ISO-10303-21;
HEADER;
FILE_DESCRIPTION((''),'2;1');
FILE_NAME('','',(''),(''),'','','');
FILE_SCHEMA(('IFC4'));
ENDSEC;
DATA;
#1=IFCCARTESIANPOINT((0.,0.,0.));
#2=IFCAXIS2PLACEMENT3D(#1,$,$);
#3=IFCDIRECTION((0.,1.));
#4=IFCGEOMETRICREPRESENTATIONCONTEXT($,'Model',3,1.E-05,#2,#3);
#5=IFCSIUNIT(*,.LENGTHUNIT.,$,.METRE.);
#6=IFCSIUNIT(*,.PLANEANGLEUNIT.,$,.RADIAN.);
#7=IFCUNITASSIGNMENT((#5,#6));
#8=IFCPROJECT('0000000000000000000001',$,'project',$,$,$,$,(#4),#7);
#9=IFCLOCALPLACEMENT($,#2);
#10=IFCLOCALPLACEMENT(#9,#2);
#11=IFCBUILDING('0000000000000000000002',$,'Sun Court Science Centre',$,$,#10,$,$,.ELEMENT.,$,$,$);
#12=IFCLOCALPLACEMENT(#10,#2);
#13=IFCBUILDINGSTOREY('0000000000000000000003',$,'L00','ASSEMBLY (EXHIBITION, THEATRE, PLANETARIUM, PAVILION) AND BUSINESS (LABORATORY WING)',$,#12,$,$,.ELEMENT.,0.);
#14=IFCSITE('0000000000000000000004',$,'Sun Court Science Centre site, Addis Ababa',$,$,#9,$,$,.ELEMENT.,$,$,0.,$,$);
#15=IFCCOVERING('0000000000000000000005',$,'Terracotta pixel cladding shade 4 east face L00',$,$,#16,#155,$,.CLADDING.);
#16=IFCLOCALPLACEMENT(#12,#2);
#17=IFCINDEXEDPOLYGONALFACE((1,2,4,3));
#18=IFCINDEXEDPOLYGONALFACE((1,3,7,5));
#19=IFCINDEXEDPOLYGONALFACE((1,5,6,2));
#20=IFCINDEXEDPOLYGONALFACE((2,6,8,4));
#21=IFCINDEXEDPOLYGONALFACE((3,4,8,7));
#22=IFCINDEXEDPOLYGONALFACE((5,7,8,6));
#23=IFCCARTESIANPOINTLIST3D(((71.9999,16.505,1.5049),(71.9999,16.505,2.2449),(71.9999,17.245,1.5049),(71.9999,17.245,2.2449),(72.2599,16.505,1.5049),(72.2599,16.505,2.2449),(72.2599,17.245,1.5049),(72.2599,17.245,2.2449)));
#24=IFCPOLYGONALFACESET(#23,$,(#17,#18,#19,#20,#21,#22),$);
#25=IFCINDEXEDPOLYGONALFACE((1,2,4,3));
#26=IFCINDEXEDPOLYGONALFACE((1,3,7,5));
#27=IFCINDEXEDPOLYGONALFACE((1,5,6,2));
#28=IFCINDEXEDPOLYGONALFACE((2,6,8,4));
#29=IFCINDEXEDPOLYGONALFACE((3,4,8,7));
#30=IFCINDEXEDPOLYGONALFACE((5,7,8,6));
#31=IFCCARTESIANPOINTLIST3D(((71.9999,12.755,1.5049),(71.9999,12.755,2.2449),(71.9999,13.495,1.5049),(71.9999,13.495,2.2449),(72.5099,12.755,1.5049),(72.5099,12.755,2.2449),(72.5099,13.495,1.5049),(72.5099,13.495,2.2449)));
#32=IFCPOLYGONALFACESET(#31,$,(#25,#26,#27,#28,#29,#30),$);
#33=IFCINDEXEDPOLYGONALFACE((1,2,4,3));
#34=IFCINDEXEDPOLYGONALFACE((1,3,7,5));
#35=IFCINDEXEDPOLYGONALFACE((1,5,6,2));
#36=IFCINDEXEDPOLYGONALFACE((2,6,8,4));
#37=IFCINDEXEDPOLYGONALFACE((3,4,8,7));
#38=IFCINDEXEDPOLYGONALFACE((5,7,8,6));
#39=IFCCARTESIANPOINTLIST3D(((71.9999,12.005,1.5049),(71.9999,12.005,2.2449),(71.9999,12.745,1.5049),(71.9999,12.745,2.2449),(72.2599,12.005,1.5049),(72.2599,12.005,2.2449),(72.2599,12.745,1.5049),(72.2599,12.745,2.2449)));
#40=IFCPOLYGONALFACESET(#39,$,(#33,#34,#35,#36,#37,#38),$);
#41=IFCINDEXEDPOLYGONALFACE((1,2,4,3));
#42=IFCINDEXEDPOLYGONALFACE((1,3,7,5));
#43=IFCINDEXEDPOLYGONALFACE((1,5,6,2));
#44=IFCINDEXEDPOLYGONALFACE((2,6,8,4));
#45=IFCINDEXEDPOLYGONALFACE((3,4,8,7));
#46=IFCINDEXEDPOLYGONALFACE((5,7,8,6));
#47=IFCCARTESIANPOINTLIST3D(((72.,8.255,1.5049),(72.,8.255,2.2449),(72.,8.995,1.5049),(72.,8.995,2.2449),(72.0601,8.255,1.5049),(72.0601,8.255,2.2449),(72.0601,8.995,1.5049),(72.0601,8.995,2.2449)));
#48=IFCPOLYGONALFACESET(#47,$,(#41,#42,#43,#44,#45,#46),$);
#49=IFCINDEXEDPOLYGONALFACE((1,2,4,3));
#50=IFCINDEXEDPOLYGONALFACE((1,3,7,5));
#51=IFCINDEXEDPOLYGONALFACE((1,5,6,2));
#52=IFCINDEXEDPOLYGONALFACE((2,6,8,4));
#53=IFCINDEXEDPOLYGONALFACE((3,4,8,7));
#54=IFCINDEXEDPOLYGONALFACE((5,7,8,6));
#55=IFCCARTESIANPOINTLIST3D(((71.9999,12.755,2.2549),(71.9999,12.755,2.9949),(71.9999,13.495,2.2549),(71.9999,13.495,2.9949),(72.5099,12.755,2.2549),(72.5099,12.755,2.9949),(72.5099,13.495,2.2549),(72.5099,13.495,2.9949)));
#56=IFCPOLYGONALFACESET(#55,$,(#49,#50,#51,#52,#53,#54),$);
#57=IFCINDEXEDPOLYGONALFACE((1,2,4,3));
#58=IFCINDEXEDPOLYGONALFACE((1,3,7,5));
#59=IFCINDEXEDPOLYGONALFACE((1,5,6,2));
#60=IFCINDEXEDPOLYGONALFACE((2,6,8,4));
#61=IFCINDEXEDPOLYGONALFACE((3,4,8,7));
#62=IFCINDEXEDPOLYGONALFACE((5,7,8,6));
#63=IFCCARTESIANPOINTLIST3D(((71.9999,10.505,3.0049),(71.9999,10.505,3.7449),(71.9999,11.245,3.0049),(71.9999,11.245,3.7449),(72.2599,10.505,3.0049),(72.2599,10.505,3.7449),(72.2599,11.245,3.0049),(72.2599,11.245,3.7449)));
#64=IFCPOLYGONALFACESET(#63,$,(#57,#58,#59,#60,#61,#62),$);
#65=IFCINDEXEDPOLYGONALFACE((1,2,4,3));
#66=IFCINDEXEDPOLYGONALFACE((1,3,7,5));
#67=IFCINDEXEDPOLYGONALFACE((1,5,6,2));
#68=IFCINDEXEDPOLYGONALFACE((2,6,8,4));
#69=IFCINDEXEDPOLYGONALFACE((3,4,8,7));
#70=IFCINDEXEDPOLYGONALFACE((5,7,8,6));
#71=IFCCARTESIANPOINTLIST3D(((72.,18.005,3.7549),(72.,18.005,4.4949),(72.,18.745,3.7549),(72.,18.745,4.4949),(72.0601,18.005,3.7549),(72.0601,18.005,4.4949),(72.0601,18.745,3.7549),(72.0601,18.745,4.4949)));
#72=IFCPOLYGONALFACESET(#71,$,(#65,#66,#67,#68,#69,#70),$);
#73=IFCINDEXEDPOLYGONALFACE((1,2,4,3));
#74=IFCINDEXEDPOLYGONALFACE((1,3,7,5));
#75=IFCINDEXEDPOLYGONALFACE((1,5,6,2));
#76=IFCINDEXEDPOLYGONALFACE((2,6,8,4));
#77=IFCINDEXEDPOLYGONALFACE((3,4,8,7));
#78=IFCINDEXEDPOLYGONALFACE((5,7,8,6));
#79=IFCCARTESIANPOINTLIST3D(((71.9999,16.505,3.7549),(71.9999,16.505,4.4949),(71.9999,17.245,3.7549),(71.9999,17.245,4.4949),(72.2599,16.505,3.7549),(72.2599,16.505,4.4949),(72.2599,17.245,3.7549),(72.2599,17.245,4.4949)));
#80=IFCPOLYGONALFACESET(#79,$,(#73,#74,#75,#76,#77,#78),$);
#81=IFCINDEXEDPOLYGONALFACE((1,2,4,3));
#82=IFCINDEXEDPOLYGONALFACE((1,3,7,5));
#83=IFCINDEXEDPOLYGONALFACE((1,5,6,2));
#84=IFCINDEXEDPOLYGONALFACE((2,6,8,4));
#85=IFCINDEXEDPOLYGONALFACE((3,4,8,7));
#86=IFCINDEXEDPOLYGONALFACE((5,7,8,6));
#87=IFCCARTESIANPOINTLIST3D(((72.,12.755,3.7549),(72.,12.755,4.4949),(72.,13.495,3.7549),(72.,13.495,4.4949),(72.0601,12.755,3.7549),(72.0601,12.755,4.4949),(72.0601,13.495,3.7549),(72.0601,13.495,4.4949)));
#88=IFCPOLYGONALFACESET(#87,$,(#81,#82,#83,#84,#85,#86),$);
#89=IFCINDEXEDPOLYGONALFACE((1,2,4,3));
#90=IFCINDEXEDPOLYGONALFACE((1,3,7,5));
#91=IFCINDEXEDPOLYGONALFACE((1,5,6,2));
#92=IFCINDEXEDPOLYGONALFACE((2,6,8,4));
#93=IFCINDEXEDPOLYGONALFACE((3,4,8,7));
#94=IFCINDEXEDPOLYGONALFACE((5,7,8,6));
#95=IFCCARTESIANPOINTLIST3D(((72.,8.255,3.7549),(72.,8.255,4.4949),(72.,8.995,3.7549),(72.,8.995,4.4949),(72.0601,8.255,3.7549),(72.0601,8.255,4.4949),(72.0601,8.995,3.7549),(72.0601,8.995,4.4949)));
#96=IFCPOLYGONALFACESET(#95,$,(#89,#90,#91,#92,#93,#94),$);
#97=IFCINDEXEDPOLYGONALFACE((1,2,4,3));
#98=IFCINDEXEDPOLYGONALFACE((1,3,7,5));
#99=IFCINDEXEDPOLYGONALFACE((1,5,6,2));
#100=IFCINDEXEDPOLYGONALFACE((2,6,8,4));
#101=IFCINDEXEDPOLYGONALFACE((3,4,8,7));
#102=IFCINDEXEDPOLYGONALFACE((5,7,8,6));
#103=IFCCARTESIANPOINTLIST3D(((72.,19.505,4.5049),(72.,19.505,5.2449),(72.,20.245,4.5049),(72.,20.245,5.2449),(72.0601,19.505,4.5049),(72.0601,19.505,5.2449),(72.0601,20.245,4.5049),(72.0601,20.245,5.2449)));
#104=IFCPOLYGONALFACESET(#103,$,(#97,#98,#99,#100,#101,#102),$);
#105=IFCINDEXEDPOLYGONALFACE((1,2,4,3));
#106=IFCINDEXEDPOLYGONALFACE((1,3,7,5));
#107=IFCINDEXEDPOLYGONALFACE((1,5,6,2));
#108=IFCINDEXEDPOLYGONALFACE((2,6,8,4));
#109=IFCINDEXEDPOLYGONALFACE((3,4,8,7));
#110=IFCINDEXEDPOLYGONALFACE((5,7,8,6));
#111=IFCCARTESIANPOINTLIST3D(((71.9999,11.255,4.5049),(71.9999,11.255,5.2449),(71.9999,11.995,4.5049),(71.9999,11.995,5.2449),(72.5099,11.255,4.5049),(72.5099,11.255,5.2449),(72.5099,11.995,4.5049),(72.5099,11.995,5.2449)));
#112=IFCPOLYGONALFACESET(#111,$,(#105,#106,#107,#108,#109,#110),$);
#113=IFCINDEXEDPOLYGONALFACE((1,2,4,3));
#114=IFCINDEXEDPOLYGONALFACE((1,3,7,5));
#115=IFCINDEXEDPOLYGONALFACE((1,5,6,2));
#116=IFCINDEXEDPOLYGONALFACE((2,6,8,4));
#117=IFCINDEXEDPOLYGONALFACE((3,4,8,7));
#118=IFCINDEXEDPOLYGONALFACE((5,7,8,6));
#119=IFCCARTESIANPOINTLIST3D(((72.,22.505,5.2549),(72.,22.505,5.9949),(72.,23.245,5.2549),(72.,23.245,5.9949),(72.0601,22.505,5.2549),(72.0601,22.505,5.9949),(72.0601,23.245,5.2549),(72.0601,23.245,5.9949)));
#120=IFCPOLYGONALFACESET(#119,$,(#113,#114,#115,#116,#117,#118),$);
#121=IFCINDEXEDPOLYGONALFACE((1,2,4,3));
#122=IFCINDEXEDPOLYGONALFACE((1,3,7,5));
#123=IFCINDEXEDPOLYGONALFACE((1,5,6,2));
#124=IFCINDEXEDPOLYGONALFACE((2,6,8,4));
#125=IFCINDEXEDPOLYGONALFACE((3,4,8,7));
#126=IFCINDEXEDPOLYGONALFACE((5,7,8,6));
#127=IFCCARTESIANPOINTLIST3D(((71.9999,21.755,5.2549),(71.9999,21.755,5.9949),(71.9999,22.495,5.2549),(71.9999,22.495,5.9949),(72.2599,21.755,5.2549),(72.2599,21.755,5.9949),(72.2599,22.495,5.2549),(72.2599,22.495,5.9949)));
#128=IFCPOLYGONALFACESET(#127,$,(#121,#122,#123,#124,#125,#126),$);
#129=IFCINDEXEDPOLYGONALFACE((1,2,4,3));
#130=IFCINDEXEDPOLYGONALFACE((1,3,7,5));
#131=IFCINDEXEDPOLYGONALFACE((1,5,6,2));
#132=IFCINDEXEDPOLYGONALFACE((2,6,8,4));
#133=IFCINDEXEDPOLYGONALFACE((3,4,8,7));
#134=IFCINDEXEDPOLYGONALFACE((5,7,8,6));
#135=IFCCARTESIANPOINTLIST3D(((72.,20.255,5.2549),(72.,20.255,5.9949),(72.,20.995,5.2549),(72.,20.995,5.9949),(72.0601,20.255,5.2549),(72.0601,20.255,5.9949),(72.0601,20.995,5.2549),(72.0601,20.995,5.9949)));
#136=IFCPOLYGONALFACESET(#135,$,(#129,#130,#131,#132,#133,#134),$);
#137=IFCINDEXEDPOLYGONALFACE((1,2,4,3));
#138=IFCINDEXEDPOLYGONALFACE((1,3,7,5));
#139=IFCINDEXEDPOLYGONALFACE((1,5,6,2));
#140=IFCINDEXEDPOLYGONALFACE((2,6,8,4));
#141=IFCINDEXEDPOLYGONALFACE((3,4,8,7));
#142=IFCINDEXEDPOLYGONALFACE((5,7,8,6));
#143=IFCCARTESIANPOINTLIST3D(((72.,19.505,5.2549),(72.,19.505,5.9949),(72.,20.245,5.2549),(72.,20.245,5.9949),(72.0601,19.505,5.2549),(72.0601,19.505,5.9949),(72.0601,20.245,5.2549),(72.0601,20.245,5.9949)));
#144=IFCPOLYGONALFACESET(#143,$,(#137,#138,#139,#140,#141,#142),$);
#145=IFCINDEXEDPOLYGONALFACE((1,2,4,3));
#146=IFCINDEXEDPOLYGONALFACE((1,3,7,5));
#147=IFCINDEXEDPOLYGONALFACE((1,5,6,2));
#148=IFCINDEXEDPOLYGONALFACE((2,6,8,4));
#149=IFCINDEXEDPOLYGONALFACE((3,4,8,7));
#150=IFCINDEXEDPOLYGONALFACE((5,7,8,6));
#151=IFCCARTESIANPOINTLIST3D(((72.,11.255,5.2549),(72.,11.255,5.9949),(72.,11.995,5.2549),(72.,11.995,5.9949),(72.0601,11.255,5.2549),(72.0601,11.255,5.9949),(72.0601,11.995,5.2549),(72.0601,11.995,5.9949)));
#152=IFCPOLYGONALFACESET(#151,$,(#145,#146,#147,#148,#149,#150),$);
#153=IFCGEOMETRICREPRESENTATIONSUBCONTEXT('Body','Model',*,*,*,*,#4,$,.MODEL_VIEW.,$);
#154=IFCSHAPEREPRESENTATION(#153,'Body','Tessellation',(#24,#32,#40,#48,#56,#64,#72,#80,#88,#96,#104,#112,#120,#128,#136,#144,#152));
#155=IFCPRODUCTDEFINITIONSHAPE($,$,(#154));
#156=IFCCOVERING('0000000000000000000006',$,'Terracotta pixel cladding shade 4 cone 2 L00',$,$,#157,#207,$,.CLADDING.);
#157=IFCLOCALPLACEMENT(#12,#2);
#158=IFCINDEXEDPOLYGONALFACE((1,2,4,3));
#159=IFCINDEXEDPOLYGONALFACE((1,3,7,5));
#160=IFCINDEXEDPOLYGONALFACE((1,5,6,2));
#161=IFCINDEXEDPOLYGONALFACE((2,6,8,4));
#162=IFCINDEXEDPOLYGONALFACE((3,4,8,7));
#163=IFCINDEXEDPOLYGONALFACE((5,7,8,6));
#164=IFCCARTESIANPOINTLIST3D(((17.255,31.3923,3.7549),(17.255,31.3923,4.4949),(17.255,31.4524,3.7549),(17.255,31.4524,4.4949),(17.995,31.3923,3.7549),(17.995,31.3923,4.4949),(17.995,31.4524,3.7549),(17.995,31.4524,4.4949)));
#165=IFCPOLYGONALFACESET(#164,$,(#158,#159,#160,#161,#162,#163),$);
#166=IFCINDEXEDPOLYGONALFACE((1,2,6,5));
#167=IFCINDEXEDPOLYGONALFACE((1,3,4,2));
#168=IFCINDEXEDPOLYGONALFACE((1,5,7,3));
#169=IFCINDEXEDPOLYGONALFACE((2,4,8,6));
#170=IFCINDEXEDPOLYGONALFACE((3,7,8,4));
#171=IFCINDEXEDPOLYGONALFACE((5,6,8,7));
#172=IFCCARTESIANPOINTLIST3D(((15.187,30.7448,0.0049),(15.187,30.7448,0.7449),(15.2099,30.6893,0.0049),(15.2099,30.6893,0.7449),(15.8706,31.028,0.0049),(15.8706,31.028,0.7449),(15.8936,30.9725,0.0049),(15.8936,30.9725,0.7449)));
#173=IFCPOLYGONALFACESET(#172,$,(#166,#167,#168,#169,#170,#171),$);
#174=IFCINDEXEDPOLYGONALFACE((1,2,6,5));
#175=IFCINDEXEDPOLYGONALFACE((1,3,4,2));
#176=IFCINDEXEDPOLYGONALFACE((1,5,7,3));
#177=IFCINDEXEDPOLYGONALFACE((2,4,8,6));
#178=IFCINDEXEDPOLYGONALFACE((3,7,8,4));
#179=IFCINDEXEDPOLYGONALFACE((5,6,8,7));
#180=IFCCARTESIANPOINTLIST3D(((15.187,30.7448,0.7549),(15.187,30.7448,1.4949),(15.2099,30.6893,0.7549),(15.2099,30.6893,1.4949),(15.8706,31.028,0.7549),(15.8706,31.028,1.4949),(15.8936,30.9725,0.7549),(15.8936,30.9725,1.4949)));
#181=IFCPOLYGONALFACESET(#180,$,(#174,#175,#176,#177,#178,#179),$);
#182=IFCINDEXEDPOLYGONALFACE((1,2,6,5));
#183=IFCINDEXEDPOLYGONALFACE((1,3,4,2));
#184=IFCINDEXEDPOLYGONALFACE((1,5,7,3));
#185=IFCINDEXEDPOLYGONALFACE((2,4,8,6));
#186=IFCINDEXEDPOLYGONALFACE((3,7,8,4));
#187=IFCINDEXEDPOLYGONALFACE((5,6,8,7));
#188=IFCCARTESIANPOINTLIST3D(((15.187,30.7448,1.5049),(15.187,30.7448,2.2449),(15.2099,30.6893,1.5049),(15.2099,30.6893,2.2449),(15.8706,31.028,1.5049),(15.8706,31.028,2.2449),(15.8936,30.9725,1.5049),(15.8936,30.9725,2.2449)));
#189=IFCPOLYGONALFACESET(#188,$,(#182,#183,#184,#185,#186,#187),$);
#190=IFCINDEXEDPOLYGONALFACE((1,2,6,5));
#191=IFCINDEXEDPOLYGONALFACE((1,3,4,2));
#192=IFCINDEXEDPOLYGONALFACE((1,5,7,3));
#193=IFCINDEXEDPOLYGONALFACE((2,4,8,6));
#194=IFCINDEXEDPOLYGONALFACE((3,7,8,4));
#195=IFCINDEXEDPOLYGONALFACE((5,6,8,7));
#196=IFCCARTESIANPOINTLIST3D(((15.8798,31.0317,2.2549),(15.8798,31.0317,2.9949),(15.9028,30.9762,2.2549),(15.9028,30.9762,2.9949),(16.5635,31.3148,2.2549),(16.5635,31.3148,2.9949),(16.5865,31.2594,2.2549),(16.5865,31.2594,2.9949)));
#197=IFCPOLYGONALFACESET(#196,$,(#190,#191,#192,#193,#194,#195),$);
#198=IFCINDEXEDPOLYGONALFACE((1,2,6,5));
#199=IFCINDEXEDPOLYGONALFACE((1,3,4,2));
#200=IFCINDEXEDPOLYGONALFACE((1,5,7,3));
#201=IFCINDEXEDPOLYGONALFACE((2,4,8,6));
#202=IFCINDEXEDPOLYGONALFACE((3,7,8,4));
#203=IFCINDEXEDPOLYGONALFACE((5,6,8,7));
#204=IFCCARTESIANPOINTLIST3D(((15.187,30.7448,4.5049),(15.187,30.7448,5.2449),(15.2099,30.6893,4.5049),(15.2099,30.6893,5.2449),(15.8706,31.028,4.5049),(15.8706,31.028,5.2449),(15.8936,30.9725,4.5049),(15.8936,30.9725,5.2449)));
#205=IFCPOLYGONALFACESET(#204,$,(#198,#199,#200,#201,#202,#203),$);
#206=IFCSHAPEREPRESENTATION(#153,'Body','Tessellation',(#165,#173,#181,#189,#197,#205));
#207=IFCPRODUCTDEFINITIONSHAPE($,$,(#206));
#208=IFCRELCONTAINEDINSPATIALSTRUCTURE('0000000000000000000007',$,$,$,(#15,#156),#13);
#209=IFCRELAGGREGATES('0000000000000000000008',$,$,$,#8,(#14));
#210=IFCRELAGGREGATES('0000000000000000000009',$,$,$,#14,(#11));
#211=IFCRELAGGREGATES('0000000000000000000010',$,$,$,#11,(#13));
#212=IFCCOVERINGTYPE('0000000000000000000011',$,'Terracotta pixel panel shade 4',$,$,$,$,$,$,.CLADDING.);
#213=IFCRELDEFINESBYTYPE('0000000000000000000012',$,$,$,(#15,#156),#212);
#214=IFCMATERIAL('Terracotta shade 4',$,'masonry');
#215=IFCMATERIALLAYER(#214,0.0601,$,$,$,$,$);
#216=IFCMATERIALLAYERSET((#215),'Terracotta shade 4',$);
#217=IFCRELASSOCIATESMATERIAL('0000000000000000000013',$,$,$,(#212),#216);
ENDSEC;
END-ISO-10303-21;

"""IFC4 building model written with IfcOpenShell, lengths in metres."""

from ifc_helpers import new_model, si_unit, direction, frame, origin, origin_2d, place, context, subcontext, project, spatial, rectangle, extrude, material, layer, layer_set, type_object, element, save


model = new_model("IFC4")

# Units and contexts
model_context = context("Model", 3, precision=1e-05, world=origin(), true_north=direction((0.0, 1.0)))
body_context = subcontext(model_context, "Body", "Model", "MODEL_VIEW")
ifc_project = project(units=[si_unit("LENGTHUNIT", "METRE"), si_unit("PLANEANGLEUNIT", "RADIAN")], contexts=[model_context])

# Site, building, storey
site_placement = place(None, origin())
site = spatial("IfcSite", under=ifc_project, at=site_placement, Name="Sun Court Science Centre site, Addis Ababa", CompositionType="ELEMENT", RefElevation=0.0)
building_placement = place(site_placement, origin())
building = spatial("IfcBuilding", under=site, at=building_placement, Name="Sun Court Science Centre", CompositionType="ELEMENT")
storey_placement = place(building_placement, origin())
storey = spatial("IfcBuildingStorey", under=building, at=storey_placement, Name="L00", Description="ASSEMBLY (EXHIBITION, THEATRE, PLANETARIUM, PAVILION) AND BUSINESS (LABORATORY WING)", CompositionType="ELEMENT", Elevation=0.0)

# Coverings
ifc_material_1 = material(Name="Terracotta shade 4", Category="masonry")
ifc_layer_1 = layer(ifc_material_1, 0.0601)
ifc_layer_set_1 = layer_set([ifc_layer_1], Name="Terracotta shade 4")
covering_type_1 = type_object("IfcCoveringType", Name="Terracotta pixel panel shade 4", PredefinedType="CLADDING", material=ifc_layer_set_1)
covering_1_placement = place(storey_placement, origin())
element("IfcCovering", 1, at=covering_1_placement, inside=storey, type_object=covering_type_1, Name="Terracotta pixel cladding shade 4 east face L00", PredefinedType="CLADDING", context=body_context, shape_type="SweptSolid", body=[
    extrude(rectangle(XDim=0.74, YDim=0.26, at=origin_2d()), frame((72.1299, 16.875, 1.5049), z_axis=(0.0, 0.0, 1.0), x_axis=(0.0, -1.0, 0.0)), (0.0, 0.0, 1.0), 0.74),
    extrude(rectangle(XDim=0.74, YDim=0.51, at=origin_2d()), frame((72.2549, 13.125, 1.5049), z_axis=(0.0, 0.0, 1.0), x_axis=(0.0, -1.0, 0.0)), (0.0, 0.0, 1.0), 0.74),
    extrude(rectangle(XDim=0.74, YDim=0.26, at=origin_2d()), frame((72.1299, 12.375, 1.5049), z_axis=(0.0, 0.0, 1.0), x_axis=(0.0, -1.0, 0.0)), (0.0, 0.0, 1.0), 0.74),
    extrude(rectangle(XDim=0.74, YDim=0.0601, at=origin_2d()), frame((72.03, 8.625, 1.5049), z_axis=(0.0, 0.0, 1.0), x_axis=(0.0, -1.0, 0.0)), (0.0, 0.0, 1.0), 0.74),
    extrude(rectangle(XDim=0.74, YDim=0.51, at=origin_2d()), frame((72.2549, 13.125, 2.2549), z_axis=(0.0, 0.0, 1.0), x_axis=(0.0, -1.0, 0.0)), (0.0, 0.0, 1.0), 0.74),
    extrude(rectangle(XDim=0.74, YDim=0.26, at=origin_2d()), frame((72.1299, 10.875, 3.0049), z_axis=(0.0, 0.0, 1.0), x_axis=(0.0, -1.0, 0.0)), (0.0, 0.0, 1.0), 0.74),
    extrude(rectangle(XDim=0.74, YDim=0.0601, at=origin_2d()), frame((72.03, 18.375, 3.7549), z_axis=(0.0, 0.0, 1.0), x_axis=(0.0, -1.0, 0.0)), (0.0, 0.0, 1.0), 0.74),
    extrude(rectangle(XDim=0.74, YDim=0.26, at=origin_2d()), frame((72.1299, 16.875, 3.7549), z_axis=(0.0, 0.0, 1.0), x_axis=(0.0, -1.0, 0.0)), (0.0, 0.0, 1.0), 0.74),
    extrude(rectangle(XDim=0.74, YDim=0.0601, at=origin_2d()), frame((72.03, 13.125, 3.7549), z_axis=(0.0, 0.0, 1.0), x_axis=(0.0, -1.0, 0.0)), (0.0, 0.0, 1.0), 0.74),
    extrude(rectangle(XDim=0.74, YDim=0.0601, at=origin_2d()), frame((72.03, 8.625, 3.7549), z_axis=(0.0, 0.0, 1.0), x_axis=(0.0, -1.0, 0.0)), (0.0, 0.0, 1.0), 0.74),
    extrude(rectangle(XDim=0.74, YDim=0.0601, at=origin_2d()), frame((72.03, 19.875, 4.5049), z_axis=(0.0, 0.0, 1.0), x_axis=(0.0, -1.0, 0.0)), (0.0, 0.0, 1.0), 0.74),
    extrude(rectangle(XDim=0.74, YDim=0.51, at=origin_2d()), frame((72.2549, 11.625, 4.5049), z_axis=(0.0, 0.0, 1.0), x_axis=(0.0, -1.0, 0.0)), (0.0, 0.0, 1.0), 0.74),
    extrude(rectangle(XDim=0.74, YDim=0.0601, at=origin_2d()), frame((72.03, 22.875, 5.2549), z_axis=(0.0, 0.0, 1.0), x_axis=(0.0, -1.0, 0.0)), (0.0, 0.0, 1.0), 0.74),
    extrude(rectangle(XDim=0.74, YDim=0.26, at=origin_2d()), frame((72.1299, 22.125, 5.2549), z_axis=(0.0, 0.0, 1.0), x_axis=(0.0, -1.0, 0.0)), (0.0, 0.0, 1.0), 0.74),
    extrude(rectangle(XDim=0.74, YDim=0.0601, at=origin_2d()), frame((72.03, 20.625, 5.2549), z_axis=(0.0, 0.0, 1.0), x_axis=(0.0, -1.0, 0.0)), (0.0, 0.0, 1.0), 0.74),
    extrude(rectangle(XDim=0.74, YDim=0.0601, at=origin_2d()), frame((72.03, 19.875, 5.2549), z_axis=(0.0, 0.0, 1.0), x_axis=(0.0, -1.0, 0.0)), (0.0, 0.0, 1.0), 0.74),
    extrude(rectangle(XDim=0.74, YDim=0.0601, at=origin_2d()), frame((72.03, 11.625, 5.2549), z_axis=(0.0, 0.0, 1.0), x_axis=(0.0, -1.0, 0.0)), (0.0, 0.0, 1.0), 0.74),
])
covering_2_placement = place(storey_placement, origin())
element("IfcCovering", 2, at=covering_2_placement, inside=storey, type_object=covering_type_1, Name="Terracotta pixel cladding shade 4 cone 2 L00", PredefinedType="CLADDING", context=body_context, shape_type="SweptSolid", body=[
    extrude(rectangle(XDim=0.74, YDim=0.0601, at=origin_2d()), frame((17.625, 31.4224, 3.7549), z_axis=(0.0, 0.0, 1.0), x_axis=(1.0, 0.0, 0.0)), (0.0, 0.0, 1.0), 0.74),
    extrude(rectangle(XDim=0.74, YDim=0.0601, at=origin_2d()), frame((15.5403, 30.8586, 0.0049), z_axis=(0.0, 0.0, 1.0), x_axis=(0.92388, 0.382683, 0.0)), (0.0, 0.0, 1.0), 0.74),
    extrude(rectangle(XDim=0.74, YDim=0.0601, at=origin_2d()), frame((15.5403, 30.8586, 0.7549), z_axis=(0.0, 0.0, 1.0), x_axis=(0.92388, 0.382683, 0.0)), (0.0, 0.0, 1.0), 0.74),
    extrude(rectangle(XDim=0.74, YDim=0.0601, at=origin_2d()), frame((15.5403, 30.8586, 1.5049), z_axis=(0.0, 0.0, 1.0), x_axis=(0.92388, 0.382683, 0.0)), (0.0, 0.0, 1.0), 0.74),
    extrude(rectangle(XDim=0.74, YDim=0.0601, at=origin_2d()), frame((16.2332, 31.1455, 2.2549), z_axis=(0.0, 0.0, 1.0), x_axis=(0.92388, 0.382683, 0.0)), (0.0, 0.0, 1.0), 0.74),
    extrude(rectangle(XDim=0.74, YDim=0.0601, at=origin_2d()), frame((15.5403, 30.8586, 4.5049), z_axis=(0.0, 0.0, 1.0), x_axis=(0.92388, 0.382683, 0.0)), (0.0, 0.0, 1.0), 0.74),
])

save(model, "model.ifc")
